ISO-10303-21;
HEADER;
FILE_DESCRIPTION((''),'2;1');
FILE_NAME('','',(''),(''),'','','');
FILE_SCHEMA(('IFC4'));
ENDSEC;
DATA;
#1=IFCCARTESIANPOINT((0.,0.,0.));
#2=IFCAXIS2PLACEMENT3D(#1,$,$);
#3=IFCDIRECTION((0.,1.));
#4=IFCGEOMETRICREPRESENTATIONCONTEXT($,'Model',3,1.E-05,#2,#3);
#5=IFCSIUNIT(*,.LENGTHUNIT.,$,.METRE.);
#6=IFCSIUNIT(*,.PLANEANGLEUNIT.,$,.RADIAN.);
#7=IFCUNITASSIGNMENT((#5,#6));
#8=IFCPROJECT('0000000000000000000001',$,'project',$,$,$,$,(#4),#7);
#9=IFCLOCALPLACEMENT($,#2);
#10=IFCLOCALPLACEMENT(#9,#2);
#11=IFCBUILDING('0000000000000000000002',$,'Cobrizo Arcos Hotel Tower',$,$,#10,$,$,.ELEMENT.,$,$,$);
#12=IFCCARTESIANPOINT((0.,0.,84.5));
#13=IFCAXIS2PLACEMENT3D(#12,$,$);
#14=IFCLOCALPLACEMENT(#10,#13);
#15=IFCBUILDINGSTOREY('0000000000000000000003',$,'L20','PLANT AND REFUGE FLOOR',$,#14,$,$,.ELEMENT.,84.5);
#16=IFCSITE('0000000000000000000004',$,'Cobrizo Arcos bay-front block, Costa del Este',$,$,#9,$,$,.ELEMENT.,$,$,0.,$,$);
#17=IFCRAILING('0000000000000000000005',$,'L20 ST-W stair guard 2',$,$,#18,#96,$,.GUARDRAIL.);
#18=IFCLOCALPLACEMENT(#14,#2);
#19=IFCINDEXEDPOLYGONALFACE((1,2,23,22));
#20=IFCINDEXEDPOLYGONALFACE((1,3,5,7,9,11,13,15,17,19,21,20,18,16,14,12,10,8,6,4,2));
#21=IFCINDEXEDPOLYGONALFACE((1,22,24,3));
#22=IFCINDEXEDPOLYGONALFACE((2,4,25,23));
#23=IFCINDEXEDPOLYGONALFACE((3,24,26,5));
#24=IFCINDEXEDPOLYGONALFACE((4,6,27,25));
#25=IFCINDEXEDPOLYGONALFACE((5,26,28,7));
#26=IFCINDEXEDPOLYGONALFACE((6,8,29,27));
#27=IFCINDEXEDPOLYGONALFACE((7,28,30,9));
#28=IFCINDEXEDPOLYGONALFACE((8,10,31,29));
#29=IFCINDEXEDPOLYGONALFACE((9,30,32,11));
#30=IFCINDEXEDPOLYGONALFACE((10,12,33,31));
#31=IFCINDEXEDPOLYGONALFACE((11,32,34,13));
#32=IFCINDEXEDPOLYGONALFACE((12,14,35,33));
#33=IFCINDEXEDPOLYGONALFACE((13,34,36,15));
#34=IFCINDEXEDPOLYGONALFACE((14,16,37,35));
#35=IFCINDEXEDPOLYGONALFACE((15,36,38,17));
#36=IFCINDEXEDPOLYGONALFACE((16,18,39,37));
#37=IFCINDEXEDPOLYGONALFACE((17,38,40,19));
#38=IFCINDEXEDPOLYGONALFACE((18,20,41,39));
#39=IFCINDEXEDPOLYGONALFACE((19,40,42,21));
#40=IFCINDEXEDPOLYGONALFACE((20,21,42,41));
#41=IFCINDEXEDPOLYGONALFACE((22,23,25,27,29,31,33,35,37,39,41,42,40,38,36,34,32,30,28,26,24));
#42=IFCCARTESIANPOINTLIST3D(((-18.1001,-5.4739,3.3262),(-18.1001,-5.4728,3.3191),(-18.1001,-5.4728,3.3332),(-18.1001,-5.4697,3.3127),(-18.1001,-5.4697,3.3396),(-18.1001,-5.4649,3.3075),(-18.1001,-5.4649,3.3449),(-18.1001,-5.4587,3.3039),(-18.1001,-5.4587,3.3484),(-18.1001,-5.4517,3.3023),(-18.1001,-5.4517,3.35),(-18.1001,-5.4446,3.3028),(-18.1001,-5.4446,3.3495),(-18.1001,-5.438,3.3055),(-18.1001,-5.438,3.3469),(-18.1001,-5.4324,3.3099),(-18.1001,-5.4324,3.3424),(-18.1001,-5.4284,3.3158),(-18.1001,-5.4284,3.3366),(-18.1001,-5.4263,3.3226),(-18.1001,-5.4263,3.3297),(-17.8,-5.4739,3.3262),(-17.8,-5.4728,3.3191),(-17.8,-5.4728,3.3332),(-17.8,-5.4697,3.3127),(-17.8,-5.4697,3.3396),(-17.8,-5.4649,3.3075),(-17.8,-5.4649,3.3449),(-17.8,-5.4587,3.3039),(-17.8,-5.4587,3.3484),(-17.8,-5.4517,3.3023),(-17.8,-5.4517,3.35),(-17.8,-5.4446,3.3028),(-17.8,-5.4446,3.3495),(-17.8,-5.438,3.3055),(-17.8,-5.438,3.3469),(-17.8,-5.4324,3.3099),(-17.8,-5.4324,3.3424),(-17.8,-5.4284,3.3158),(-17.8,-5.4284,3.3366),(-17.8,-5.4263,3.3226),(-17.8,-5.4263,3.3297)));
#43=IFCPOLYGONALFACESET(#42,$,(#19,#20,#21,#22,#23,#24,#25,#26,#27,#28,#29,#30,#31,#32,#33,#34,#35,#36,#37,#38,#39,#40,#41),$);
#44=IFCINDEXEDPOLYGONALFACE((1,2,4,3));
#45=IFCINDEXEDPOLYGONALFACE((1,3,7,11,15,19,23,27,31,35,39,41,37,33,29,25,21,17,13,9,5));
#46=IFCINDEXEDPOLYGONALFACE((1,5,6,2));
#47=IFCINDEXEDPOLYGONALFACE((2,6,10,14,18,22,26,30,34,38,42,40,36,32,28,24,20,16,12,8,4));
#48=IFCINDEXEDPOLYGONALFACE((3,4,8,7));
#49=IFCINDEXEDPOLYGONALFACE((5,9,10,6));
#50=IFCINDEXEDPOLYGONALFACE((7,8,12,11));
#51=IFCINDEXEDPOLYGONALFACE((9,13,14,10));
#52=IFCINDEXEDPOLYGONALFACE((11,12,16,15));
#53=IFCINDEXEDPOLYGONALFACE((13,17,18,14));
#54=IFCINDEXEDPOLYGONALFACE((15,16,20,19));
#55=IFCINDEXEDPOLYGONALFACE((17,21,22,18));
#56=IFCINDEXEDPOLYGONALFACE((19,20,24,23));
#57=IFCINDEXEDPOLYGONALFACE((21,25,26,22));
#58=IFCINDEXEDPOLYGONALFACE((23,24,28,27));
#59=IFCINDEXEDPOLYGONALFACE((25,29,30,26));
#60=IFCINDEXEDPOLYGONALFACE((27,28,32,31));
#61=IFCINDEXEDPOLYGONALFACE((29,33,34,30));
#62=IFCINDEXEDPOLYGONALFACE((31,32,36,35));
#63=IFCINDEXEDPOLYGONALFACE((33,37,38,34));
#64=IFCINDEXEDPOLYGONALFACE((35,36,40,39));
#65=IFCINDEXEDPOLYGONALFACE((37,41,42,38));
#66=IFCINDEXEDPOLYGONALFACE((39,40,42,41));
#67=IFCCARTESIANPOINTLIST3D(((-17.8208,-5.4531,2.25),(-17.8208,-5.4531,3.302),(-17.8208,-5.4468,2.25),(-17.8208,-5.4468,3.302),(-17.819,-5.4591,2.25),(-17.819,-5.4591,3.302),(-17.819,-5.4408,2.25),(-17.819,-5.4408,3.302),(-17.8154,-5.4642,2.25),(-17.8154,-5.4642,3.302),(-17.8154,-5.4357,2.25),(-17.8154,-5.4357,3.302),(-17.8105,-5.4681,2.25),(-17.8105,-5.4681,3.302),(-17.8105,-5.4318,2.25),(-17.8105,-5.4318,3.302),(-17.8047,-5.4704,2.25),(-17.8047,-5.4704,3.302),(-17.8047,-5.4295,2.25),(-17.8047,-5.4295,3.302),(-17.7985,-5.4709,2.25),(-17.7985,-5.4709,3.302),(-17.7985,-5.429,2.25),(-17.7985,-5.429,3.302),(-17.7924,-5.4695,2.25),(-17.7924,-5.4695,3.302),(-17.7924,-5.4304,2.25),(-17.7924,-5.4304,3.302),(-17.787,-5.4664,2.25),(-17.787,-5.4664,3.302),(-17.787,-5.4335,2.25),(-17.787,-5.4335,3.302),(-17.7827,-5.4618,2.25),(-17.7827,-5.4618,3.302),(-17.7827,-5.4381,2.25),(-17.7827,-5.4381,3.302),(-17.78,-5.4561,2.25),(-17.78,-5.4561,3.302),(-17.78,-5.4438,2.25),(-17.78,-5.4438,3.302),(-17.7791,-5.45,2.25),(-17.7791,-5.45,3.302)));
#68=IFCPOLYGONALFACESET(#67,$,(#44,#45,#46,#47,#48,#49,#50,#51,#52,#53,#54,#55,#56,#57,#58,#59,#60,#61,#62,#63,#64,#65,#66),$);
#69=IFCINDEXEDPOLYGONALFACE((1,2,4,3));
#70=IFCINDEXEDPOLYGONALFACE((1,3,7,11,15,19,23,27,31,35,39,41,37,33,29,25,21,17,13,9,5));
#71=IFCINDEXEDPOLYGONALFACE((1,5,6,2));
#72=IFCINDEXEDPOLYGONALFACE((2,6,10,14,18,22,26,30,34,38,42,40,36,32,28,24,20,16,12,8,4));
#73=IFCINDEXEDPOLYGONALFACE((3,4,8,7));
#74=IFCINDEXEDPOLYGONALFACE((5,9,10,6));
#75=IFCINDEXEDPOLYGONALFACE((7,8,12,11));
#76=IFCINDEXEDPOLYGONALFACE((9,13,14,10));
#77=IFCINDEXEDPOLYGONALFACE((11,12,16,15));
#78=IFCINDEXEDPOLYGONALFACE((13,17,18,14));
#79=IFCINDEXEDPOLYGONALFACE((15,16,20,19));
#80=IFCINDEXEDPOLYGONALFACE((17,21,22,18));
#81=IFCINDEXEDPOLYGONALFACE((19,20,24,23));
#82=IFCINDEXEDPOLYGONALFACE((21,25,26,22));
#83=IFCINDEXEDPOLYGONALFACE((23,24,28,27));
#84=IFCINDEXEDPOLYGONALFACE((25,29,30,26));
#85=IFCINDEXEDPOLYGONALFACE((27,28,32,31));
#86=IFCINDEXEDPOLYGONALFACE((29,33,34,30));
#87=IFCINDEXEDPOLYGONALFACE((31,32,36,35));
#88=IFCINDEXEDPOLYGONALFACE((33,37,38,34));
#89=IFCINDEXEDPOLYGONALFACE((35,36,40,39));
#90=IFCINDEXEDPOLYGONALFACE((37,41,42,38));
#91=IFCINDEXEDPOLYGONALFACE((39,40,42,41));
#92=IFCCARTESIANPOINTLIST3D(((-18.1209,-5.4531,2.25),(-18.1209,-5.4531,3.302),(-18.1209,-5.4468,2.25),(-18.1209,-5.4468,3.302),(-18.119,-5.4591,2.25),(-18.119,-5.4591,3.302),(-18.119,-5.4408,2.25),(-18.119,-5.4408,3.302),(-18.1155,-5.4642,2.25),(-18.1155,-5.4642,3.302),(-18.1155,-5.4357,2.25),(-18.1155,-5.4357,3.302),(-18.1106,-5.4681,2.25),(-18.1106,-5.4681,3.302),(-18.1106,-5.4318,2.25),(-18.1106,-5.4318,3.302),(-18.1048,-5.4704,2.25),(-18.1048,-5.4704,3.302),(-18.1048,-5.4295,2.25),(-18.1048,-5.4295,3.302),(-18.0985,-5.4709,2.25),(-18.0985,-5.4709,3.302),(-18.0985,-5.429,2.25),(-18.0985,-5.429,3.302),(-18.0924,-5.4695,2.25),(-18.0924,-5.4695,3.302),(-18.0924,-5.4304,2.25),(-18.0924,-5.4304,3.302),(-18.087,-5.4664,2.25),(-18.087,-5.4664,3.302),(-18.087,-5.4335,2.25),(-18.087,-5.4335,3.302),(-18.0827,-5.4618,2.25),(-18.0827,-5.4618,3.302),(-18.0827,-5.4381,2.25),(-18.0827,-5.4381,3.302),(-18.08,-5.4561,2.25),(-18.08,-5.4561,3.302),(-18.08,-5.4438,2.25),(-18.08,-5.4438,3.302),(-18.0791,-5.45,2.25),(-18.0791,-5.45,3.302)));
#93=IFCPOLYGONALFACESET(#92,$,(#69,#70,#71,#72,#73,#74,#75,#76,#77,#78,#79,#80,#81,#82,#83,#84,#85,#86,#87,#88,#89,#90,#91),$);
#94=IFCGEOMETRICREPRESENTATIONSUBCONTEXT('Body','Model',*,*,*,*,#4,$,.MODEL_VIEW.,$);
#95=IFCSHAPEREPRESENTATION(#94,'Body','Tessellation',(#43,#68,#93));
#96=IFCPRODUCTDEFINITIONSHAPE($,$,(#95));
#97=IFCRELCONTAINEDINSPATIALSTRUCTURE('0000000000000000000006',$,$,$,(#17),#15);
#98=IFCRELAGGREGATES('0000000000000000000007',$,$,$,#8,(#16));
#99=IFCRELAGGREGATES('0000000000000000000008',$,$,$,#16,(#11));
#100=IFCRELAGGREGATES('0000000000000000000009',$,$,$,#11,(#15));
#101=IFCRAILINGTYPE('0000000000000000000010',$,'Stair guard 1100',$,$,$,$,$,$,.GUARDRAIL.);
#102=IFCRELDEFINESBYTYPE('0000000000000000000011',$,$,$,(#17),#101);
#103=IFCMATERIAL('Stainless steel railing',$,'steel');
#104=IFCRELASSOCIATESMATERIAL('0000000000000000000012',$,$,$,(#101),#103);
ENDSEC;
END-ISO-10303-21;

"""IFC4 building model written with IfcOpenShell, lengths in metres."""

from ifc_helpers import new_model, si_unit, direction, frame, origin, origin_2d, place, context, subcontext, project, spatial, circle, extrude, material, type_object, element, save


model = new_model("IFC4")

# Units and contexts
model_context = context("Model", 3, precision=1e-05, world=origin(), true_north=direction((0.0, 1.0)))
body_context = subcontext(model_context, "Body", "Model", "MODEL_VIEW")
ifc_project = project(units=[si_unit("LENGTHUNIT", "METRE"), si_unit("PLANEANGLEUNIT", "RADIAN")], contexts=[model_context])

# Site, building, storey
site_placement = place(None, origin())
site = spatial("IfcSite", under=ifc_project, at=site_placement, Name="Cobrizo Arcos bay-front block, Costa del Este", CompositionType="ELEMENT", RefElevation=0.0)
building_placement = place(site_placement, origin())
building = spatial("IfcBuilding", under=site, at=building_placement, Name="Cobrizo Arcos Hotel Tower", CompositionType="ELEMENT")
storey_placement = place(building_placement, frame((0.0, 0.0, 84.5)))
storey = spatial("IfcBuildingStorey", under=building, at=storey_placement, Name="L20", Description="PLANT AND REFUGE FLOOR", CompositionType="ELEMENT", Elevation=84.5)

# Railing
ifc_material_1 = material(Name="Stainless steel railing", Category="steel")
railing_type_1 = type_object("IfcRailingType", Name="Stair guard 1100", PredefinedType="GUARDRAIL", material=ifc_material_1)
railing_1_placement = place(storey_placement, frame((-17.8, -5.45, 2.25)))
element("IfcRailing", 1, at=railing_1_placement, inside=storey, type_object=railing_type_1, Name="L20 ST-W stair guard 2", PredefinedType="GUARDRAIL", context=body_context, shape_type="SweptSolid", body=[
    extrude(circle(Radius=0.0239, at=origin_2d()), frame((0.0, 0.0, 1.0762), z_axis=(-1.0, 0.0, 0.0), x_axis=(0.0, -1.0, 0.0)), (0.0, 0.0, 1.0), 0.3),
    extrude(circle(Radius=0.021, at=origin_2d()), origin(), (0.0, 0.0, 1.0), 1.052),
    extrude(circle(Radius=0.021, at=origin_2d()), frame((-0.3, 0.0, 0.0)), (0.0, 0.0, 1.0), 1.052),
])

save(model, "model.ifc")
